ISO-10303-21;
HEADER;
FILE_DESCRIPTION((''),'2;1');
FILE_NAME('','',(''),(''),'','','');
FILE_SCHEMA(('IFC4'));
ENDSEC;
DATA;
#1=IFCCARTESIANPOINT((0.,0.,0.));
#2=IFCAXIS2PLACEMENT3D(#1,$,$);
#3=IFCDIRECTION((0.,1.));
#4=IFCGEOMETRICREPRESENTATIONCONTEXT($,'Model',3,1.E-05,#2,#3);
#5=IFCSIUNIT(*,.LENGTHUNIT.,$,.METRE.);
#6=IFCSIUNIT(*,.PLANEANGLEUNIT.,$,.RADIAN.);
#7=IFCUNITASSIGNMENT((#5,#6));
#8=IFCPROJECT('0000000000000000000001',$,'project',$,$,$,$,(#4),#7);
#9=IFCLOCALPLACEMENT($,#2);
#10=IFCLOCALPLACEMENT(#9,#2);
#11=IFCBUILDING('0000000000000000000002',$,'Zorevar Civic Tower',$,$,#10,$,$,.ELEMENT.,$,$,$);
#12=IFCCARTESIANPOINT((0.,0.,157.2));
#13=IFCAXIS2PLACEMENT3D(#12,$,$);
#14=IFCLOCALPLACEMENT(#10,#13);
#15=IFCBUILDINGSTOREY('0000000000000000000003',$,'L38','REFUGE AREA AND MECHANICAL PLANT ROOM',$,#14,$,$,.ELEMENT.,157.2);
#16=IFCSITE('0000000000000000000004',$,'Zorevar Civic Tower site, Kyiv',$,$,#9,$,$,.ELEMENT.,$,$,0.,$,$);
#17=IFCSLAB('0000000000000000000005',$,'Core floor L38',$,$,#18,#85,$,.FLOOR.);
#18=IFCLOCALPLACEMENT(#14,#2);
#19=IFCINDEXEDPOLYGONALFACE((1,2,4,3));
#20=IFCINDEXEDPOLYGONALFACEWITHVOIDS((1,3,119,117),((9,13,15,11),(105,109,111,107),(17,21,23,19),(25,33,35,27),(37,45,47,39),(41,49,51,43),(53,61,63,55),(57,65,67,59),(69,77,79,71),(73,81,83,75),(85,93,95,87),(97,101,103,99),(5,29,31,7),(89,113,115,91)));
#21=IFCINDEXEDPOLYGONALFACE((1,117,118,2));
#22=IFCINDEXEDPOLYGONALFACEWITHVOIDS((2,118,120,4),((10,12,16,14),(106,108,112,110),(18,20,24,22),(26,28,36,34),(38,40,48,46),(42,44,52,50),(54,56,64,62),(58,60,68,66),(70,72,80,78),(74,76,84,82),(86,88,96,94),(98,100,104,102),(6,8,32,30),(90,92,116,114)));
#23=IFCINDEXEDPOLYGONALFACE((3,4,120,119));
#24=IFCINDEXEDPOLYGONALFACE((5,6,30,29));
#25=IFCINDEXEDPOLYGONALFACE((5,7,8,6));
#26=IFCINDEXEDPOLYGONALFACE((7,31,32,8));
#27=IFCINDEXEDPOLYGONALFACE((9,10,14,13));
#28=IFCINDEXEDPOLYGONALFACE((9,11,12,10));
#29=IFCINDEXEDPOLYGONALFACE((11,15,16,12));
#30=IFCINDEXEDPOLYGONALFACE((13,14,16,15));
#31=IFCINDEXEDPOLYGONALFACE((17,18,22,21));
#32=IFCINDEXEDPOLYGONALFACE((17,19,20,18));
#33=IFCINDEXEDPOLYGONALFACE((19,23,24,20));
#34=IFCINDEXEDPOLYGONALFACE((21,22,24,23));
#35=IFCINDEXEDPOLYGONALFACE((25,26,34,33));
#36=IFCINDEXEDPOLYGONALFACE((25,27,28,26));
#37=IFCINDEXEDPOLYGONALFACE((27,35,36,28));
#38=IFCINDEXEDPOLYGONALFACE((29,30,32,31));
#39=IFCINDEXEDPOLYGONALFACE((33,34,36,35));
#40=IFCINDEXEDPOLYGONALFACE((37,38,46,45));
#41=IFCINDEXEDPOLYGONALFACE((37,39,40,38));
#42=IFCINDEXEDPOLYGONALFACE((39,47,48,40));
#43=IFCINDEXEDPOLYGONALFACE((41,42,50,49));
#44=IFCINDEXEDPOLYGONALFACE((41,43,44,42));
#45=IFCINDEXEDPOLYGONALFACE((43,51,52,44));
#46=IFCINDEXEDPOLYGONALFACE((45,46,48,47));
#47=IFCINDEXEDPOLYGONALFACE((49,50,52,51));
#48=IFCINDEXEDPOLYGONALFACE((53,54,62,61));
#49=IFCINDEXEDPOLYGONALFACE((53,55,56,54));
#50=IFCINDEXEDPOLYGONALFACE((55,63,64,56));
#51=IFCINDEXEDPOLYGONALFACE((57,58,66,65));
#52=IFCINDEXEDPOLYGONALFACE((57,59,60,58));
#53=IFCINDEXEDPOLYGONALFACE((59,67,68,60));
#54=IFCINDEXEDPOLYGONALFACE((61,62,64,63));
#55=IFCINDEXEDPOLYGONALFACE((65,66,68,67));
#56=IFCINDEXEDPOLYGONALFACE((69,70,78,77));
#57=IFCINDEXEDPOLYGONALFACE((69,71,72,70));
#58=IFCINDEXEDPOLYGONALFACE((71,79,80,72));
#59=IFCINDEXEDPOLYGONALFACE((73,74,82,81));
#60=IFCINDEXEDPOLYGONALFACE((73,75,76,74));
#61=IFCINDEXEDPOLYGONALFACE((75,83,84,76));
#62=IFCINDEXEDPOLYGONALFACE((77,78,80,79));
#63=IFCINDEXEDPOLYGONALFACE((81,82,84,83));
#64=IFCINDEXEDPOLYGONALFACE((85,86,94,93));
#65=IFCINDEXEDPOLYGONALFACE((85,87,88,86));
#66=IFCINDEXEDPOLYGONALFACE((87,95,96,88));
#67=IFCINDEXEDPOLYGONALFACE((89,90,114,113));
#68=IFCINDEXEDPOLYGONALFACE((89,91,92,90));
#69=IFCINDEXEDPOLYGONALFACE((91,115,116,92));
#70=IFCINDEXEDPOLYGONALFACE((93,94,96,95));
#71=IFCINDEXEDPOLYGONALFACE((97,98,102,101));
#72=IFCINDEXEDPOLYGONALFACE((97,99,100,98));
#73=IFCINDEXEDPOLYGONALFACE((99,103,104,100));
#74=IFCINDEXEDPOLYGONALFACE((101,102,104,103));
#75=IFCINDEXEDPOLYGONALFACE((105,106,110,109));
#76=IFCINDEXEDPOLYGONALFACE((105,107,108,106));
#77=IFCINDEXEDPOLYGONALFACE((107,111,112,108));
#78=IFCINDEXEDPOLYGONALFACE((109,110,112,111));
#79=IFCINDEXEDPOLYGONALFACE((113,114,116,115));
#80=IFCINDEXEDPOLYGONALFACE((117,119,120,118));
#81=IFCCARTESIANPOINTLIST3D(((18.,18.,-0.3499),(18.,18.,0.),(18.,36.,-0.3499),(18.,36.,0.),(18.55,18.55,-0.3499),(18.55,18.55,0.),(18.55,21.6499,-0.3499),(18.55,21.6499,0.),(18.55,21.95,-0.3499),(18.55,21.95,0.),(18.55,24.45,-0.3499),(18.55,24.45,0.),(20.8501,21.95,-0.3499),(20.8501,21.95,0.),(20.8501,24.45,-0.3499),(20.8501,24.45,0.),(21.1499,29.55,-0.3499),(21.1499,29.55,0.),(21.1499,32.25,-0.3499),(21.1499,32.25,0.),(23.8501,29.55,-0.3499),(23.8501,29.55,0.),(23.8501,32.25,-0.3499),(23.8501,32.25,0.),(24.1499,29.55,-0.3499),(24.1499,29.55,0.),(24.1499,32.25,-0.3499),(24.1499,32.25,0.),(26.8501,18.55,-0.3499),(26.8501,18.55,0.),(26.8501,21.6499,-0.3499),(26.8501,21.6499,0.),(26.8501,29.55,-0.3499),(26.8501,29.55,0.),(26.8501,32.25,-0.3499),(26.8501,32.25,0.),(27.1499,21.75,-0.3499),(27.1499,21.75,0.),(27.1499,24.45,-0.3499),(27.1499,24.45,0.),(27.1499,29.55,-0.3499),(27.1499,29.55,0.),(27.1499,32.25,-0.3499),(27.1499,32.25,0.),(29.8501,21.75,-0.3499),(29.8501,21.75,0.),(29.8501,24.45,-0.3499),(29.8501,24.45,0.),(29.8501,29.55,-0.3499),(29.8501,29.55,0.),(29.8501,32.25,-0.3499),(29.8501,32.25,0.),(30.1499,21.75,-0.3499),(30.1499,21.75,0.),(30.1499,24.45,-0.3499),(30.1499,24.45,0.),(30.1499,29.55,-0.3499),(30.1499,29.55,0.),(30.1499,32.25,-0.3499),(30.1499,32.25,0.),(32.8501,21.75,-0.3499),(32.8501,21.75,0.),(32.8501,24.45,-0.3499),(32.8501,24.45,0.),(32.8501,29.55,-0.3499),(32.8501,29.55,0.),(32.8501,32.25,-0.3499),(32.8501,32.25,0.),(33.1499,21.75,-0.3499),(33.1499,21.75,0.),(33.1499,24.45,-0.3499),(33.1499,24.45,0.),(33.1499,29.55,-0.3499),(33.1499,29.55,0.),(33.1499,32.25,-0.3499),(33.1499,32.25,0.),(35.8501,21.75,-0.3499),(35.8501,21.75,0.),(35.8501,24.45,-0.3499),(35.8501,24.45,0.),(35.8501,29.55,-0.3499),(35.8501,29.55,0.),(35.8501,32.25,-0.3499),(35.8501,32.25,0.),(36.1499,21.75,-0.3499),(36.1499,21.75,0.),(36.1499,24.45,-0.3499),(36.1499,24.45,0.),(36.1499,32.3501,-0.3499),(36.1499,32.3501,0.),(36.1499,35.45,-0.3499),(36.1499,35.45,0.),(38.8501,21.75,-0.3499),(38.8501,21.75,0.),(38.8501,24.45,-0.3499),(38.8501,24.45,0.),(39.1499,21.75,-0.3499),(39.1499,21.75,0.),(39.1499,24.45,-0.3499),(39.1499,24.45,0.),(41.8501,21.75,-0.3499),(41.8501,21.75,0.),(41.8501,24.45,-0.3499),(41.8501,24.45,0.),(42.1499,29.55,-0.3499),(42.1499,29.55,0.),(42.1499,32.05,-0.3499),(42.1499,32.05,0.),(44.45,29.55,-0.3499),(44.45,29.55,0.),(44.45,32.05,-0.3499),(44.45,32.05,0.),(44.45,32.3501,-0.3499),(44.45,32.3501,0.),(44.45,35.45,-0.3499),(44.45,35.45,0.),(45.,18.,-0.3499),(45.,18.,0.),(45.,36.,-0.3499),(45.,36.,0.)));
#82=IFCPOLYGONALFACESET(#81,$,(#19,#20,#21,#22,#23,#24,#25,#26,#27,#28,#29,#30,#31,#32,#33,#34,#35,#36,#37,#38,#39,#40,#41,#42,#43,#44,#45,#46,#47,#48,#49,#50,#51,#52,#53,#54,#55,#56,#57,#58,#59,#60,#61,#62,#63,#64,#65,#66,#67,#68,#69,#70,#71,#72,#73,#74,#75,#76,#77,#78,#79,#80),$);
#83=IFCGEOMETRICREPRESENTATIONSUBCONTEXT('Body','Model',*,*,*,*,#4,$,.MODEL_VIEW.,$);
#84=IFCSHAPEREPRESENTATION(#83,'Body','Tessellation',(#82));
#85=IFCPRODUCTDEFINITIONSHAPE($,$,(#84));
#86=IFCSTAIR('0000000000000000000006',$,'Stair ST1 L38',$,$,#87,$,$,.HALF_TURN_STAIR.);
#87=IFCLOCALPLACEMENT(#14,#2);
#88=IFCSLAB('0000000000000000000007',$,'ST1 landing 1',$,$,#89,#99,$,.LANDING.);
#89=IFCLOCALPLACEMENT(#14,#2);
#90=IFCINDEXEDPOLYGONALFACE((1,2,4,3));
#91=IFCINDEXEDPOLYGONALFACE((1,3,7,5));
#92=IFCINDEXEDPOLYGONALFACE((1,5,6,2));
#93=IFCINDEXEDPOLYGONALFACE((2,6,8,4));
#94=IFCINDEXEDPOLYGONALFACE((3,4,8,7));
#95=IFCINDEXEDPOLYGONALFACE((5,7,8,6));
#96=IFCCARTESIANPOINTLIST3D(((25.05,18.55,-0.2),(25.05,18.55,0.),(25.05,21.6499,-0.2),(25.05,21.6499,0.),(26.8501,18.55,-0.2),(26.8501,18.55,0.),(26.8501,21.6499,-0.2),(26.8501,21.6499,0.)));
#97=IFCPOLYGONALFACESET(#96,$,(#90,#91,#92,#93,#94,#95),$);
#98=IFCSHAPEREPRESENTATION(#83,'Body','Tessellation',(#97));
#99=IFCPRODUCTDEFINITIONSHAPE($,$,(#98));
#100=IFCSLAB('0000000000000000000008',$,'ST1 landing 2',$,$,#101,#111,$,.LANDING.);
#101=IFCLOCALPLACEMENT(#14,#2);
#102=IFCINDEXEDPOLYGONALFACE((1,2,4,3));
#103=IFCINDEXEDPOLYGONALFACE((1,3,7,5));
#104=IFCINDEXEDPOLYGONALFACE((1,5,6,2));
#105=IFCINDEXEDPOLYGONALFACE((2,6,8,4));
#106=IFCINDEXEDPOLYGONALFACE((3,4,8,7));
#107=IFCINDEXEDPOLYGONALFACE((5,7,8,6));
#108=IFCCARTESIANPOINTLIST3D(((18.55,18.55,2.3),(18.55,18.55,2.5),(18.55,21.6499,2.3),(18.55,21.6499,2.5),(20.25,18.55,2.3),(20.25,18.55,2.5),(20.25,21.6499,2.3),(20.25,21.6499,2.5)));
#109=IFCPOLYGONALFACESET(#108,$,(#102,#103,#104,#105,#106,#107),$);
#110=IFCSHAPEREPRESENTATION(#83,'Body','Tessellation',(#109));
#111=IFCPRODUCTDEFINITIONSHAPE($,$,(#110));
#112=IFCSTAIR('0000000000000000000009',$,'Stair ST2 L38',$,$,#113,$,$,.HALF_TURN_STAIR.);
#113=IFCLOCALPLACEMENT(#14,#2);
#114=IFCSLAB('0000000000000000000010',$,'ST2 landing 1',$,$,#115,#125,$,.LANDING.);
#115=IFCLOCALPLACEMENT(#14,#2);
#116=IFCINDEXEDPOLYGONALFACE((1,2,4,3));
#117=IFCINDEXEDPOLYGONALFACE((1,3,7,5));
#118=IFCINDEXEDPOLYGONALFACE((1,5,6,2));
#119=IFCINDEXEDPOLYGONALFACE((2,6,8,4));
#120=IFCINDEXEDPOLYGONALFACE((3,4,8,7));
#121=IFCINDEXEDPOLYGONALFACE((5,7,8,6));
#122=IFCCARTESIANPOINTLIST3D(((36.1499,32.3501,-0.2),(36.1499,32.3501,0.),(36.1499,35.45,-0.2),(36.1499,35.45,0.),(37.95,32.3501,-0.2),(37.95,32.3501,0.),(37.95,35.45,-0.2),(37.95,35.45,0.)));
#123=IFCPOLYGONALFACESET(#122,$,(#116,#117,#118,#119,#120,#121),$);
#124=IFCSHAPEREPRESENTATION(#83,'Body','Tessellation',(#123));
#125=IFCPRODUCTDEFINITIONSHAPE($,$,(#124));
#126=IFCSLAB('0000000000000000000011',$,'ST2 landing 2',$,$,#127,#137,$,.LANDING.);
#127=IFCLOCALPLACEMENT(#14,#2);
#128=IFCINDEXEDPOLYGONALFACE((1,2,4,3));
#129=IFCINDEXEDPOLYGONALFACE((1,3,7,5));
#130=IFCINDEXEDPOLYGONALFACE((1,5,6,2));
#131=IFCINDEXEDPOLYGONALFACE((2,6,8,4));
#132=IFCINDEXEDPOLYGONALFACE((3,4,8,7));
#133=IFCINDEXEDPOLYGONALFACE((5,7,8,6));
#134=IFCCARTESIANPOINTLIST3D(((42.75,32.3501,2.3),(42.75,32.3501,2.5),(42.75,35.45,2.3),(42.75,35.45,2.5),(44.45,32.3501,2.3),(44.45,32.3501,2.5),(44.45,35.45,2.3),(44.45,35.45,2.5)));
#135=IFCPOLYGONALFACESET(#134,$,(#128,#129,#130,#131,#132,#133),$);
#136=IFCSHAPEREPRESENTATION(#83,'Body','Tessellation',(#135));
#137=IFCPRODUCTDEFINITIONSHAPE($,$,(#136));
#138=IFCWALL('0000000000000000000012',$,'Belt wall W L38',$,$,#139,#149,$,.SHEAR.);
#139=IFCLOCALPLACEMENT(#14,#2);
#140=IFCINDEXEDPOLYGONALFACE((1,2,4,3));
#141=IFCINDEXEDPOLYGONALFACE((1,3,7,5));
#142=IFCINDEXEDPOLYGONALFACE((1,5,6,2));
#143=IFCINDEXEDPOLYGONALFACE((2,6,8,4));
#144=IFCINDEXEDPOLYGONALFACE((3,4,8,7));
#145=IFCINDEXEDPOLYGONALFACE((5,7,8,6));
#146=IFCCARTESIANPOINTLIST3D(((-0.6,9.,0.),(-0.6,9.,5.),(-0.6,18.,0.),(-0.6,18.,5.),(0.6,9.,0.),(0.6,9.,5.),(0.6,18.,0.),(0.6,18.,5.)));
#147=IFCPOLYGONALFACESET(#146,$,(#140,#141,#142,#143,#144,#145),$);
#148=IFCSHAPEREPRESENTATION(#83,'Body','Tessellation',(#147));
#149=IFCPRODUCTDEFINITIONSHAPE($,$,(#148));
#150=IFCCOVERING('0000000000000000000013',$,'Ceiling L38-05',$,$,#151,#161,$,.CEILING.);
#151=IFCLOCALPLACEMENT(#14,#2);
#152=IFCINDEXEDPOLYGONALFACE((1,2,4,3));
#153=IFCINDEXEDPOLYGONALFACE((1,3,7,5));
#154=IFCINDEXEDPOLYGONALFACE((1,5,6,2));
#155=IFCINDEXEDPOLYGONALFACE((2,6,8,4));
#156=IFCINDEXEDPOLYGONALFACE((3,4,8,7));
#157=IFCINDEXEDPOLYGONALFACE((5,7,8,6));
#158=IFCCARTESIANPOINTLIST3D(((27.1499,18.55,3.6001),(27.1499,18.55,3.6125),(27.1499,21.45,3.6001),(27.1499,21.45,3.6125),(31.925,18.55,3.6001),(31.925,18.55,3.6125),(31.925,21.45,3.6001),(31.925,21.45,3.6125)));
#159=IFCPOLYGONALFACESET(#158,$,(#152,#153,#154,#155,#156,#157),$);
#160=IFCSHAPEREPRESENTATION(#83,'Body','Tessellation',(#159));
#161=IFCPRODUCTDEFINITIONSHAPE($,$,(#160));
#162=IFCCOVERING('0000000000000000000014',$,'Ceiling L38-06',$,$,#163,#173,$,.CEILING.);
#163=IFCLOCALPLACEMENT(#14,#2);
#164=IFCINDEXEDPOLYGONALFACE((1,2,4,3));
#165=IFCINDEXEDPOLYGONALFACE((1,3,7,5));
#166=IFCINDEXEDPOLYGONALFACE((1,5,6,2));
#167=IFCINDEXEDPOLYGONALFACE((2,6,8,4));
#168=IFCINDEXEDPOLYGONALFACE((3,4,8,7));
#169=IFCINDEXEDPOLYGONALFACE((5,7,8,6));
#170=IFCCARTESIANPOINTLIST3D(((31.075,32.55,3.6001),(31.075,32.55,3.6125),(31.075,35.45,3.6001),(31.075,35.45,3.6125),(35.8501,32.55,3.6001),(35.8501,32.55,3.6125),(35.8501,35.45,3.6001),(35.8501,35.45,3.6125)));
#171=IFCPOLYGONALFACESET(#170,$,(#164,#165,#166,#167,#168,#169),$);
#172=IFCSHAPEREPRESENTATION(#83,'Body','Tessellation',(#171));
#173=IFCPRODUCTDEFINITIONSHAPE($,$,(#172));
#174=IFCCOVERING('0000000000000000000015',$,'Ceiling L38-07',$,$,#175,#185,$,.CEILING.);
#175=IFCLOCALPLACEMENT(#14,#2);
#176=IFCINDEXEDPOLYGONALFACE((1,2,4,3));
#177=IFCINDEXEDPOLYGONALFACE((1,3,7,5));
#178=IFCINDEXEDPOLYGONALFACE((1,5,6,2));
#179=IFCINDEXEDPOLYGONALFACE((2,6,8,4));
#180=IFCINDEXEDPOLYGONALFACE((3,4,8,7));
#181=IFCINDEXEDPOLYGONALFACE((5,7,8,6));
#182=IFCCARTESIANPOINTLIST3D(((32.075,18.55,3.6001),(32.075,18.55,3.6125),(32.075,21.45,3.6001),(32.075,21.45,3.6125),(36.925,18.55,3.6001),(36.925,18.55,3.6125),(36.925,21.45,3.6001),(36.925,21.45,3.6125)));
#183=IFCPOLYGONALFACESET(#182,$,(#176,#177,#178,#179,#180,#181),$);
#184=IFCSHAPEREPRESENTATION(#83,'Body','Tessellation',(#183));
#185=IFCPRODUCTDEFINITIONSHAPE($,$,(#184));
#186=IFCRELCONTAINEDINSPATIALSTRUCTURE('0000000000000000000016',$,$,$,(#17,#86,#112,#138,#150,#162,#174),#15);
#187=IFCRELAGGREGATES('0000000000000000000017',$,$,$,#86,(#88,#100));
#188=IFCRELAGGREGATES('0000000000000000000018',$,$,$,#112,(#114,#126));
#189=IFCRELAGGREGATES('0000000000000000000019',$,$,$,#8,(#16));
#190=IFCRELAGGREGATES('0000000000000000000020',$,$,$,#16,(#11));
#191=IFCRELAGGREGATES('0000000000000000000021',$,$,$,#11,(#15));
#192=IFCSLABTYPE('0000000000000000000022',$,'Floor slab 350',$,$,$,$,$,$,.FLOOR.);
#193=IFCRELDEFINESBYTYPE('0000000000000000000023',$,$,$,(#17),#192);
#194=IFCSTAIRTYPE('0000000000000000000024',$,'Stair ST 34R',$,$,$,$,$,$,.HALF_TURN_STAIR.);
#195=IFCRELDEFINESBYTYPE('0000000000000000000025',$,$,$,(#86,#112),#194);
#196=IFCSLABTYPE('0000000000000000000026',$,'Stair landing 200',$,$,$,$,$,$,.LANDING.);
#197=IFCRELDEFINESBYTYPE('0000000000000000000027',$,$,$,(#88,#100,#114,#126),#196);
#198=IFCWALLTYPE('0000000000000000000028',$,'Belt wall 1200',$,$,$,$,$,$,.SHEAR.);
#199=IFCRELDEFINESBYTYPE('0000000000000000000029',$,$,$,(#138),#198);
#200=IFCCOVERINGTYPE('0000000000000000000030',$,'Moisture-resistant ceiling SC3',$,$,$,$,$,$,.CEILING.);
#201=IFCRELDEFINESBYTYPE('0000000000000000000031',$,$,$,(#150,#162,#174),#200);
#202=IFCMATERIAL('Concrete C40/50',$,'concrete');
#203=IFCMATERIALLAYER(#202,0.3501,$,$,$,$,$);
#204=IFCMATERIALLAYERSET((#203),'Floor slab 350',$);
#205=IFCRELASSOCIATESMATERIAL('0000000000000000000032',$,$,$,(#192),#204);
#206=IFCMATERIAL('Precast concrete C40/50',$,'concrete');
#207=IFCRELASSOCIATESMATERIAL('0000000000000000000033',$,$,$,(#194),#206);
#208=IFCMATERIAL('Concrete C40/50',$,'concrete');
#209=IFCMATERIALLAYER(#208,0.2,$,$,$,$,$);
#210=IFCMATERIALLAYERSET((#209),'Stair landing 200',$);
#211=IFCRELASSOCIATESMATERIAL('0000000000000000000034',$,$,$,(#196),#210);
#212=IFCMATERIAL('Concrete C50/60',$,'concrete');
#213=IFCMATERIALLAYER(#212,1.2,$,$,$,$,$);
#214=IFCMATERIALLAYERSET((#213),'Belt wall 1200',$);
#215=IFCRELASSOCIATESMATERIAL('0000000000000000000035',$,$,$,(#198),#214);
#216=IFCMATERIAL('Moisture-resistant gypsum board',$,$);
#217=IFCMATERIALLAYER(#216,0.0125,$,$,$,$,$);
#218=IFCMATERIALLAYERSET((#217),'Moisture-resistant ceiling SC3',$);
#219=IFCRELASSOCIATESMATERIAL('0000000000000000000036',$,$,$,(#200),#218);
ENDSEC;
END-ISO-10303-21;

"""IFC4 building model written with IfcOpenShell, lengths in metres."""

from ifc_helpers import new_model, si_unit, direction, frame, frame_2d, origin, place, context, subcontext, project, spatial, polyline, rectangle, outline, extrude, material, layer, layer_set, type_object, element, aggregate, save


model = new_model("IFC4")

# Units and contexts
model_context = context("Model", 3, precision=1e-05, world=origin(), true_north=direction((0.0, 1.0)))
body_context = subcontext(model_context, "Body", "Model", "MODEL_VIEW")
ifc_project = project(units=[si_unit("LENGTHUNIT", "METRE"), si_unit("PLANEANGLEUNIT", "RADIAN")], contexts=[model_context])

# Site, building, storey
site_placement = place(None, origin())
site = spatial("IfcSite", under=ifc_project, at=site_placement, Name="Zorevar Civic Tower site, Kyiv", CompositionType="ELEMENT", RefElevation=0.0)
building_placement = place(site_placement, origin())
building = spatial("IfcBuilding", under=site, at=building_placement, Name="Zorevar Civic Tower", CompositionType="ELEMENT")
storey_placement = place(building_placement, frame((0.0, 0.0, 157.2)))
storey = spatial("IfcBuildingStorey", under=building, at=storey_placement, Name="L38", Description="REFUGE AREA AND MECHANICAL PLANT ROOM", CompositionType="ELEMENT", Elevation=157.2)

# Slab
ifc_material_1 = material(Name="Concrete C40/50", Category="concrete")
ifc_layer_1 = layer(ifc_material_1, 0.3501)
ifc_layer_set_1 = layer_set([ifc_layer_1], Name="Floor slab 350")
slab_type_1 = type_object("IfcSlabType", Name="Floor slab 350", PredefinedType="FLOOR", material=ifc_layer_set_1)
slab_1_placement = place(storey_placement, frame((0.0, 0.0, -0.3499)))
element("IfcSlab", 1, at=slab_1_placement, inside=storey, type_object=slab_type_1, Name="Core floor L38", PredefinedType="FLOOR", context=body_context, shape_type="SweptSolid", body=[
    extrude(outline(polyline([(18.0, 18.0), (45.0, 18.0), (45.0, 36.0), (18.0, 36.0), (18.0, 18.0)]), holes=[polyline([(18.55, 18.55), (26.8501, 18.55), (26.8501, 21.6499), (18.55, 21.6499), (18.55, 18.55)]), polyline([(36.1499, 32.3501), (44.45, 32.3501), (44.45, 35.45), (36.1499, 35.45), (36.1499, 32.3501)]), polyline([(18.55, 21.95), (20.8501, 21.95), (20.8501, 24.45), (18.55, 24.45), (18.55, 21.95)]), polyline([(42.1499, 29.55), (44.45, 29.55), (44.45, 32.05), (42.1499, 32.05), (42.1499, 29.55)]), polyline([(27.1499, 21.75), (29.8501, 21.75), (29.8501, 24.45), (27.1499, 24.45), (27.1499, 21.75)]), polyline([(33.1499, 29.55), (35.8501, 29.55), (35.8501, 32.25), (33.1499, 32.25), (33.1499, 29.55)]), polyline([(30.1499, 21.75), (32.8501, 21.75), (32.8501, 24.45), (30.1499, 24.45), (30.1499, 21.75)]), polyline([(30.1499, 29.55), (32.8501, 29.55), (32.8501, 32.25), (30.1499, 32.25), (30.1499, 29.55)]), polyline([(33.1499, 21.75), (35.8501, 21.75), (35.8501, 24.45), (33.1499, 24.45), (33.1499, 21.75)]), polyline([(27.1499, 29.55), (29.8501, 29.55), (29.8501, 32.25), (27.1499, 32.25), (27.1499, 29.55)]), polyline([(36.1499, 21.75), (38.8501, 21.75), (38.8501, 24.45), (36.1499, 24.45), (36.1499, 21.75)]), polyline([(24.1499, 29.55), (26.8501, 29.55), (26.8501, 32.25), (24.1499, 32.25), (24.1499, 29.55)]), polyline([(39.1499, 21.75), (41.8501, 21.75), (41.8501, 24.45), (39.1499, 24.45), (39.1499, 21.75)]), polyline([(21.1499, 29.55), (23.8501, 29.55), (23.8501, 32.25), (21.1499, 32.25), (21.1499, 29.55)])]), origin(), (0.0, 0.0, 1.0), 0.3499),
])

# Stairs, slabs
ifc_material_2 = material(Name="Precast concrete C40/50", Category="concrete")
stair_type = type_object("IfcStairType", Name="Stair ST 34R", PredefinedType="HALF_TURN_STAIR", material=ifc_material_2)
stair_1_placement = place(storey_placement, origin())
stair_1 = element("IfcStair", 2, at=stair_1_placement, inside=storey, type_object=stair_type, Name="Stair ST1 L38", PredefinedType="HALF_TURN_STAIR")
ifc_material_3 = material(Name="Concrete C40/50", Category="concrete")
ifc_layer_2 = layer(ifc_material_3, 0.2)
ifc_layer_set_2 = layer_set([ifc_layer_2], Name="Stair landing 200")
slab_type_2 = type_object("IfcSlabType", Name="Stair landing 200", PredefinedType="LANDING", material=ifc_layer_set_2)
slab_2_placement = place(storey_placement, frame((0.0, 0.0, -0.2)))
slab_2 = element("IfcSlab", 3, at=slab_2_placement, type_object=slab_type_2, Name="ST1 landing 1", PredefinedType="LANDING", context=body_context, shape_type="SweptSolid", body=[
    extrude(outline(polyline([(25.05, 18.55), (26.8501, 18.55), (26.8501, 21.6499), (25.05, 21.6499), (25.05, 18.55)])), origin(), (0.0, 0.0, 1.0), 0.2),
])
slab_3_placement = place(storey_placement, frame((0.0, 0.0, 2.3)))
slab_3 = element("IfcSlab", 4, at=slab_3_placement, type_object=slab_type_2, Name="ST1 landing 2", PredefinedType="LANDING", context=body_context, shape_type="SweptSolid", body=[
    extrude(outline(polyline([(18.55, 18.55), (20.25, 18.55), (20.25, 21.6499), (18.55, 21.6499), (18.55, 18.55)])), origin(), (0.0, 0.0, 1.0), 0.2),
])
aggregate(stair_1, [slab_2, slab_3])
stair_2_placement = place(storey_placement, origin())
stair_2 = element("IfcStair", 5, at=stair_2_placement, inside=storey, type_object=stair_type, Name="Stair ST2 L38", PredefinedType="HALF_TURN_STAIR")
slab_4_placement = place(storey_placement, frame((0.0, 0.0, -0.2)))
slab_4 = element("IfcSlab", 6, at=slab_4_placement, type_object=slab_type_2, Name="ST2 landing 1", PredefinedType="LANDING", context=body_context, shape_type="SweptSolid", body=[
    extrude(outline(polyline([(37.95, 32.3501), (36.1499, 32.3501), (36.1499, 35.45), (37.95, 35.45), (37.95, 32.3501)])), origin(), (0.0, 0.0, 1.0), 0.2),
])
slab_5_placement = place(storey_placement, frame((0.0, 0.0, 2.3)))
slab_5 = element("IfcSlab", 7, at=slab_5_placement, type_object=slab_type_2, Name="ST2 landing 2", PredefinedType="LANDING", context=body_context, shape_type="SweptSolid", body=[
    extrude(outline(polyline([(44.45, 32.3501), (42.75, 32.3501), (42.75, 35.45), (44.45, 35.45), (44.45, 32.3501)])), origin(), (0.0, 0.0, 1.0), 0.2),
])
aggregate(stair_2, [slab_4, slab_5])

# Wall
ifc_material_4 = material(Name="Concrete C50/60", Category="concrete")
ifc_layer_3 = layer(ifc_material_4, 1.2)
ifc_layer_set_3 = layer_set([ifc_layer_3], Name="Belt wall 1200")
wall_type = type_object("IfcWallType", Name="Belt wall 1200", PredefinedType="SHEAR", material=ifc_layer_set_3)
wall_placement = place(storey_placement, frame((0.0, 9.0, 0.0), z_axis=(0.0, 0.0, 1.0), x_axis=(0.0, 1.0, 0.0)))
element("IfcWall", 8, at=wall_placement, inside=storey, type_object=wall_type, Name="Belt wall W L38", PredefinedType="SHEAR", context=body_context, shape_type="SweptSolid", body=[
    extrude(rectangle(XDim=9.0, YDim=1.2, at=frame_2d((4.5, 0.0))), origin(), (0.0, 0.0, 1.0), 5.0),
])

# Coverings
ifc_material_5 = material(Name="Moisture-resistant gypsum board")
ifc_layer_4 = layer(ifc_material_5, 0.0125)
ifc_layer_set_4 = layer_set([ifc_layer_4], Name="Moisture-resistant ceiling SC3")
covering_type_1 = type_object("IfcCoveringType", Name="Moisture-resistant ceiling SC3", PredefinedType="CEILING", material=ifc_layer_set_4)
covering_1_placement = place(storey_placement, frame((0.0, 0.0, 3.6001)))
element("IfcCovering", 9, at=covering_1_placement, inside=storey, type_object=covering_type_1, Name="Ceiling L38-05", PredefinedType="CEILING", context=body_context, shape_type="SweptSolid", body=[
    extrude(outline(polyline([(31.925, 18.55), (31.925, 21.45), (27.1499, 21.45), (27.1499, 18.55), (31.925, 18.55)])), origin(), (0.0, 0.0, 1.0), 0.0125),
])
covering_2_placement = place(storey_placement, frame((0.0, 0.0, 3.6001)))
element("IfcCovering", 10, at=covering_2_placement, inside=storey, type_object=covering_type_1, Name="Ceiling L38-06", PredefinedType="CEILING", context=body_context, shape_type="SweptSolid", body=[
    extrude(outline(polyline([(35.8501, 32.55), (35.8501, 35.45), (31.075, 35.45), (31.075, 32.55), (35.8501, 32.55)])), origin(), (0.0, 0.0, 1.0), 0.0125),
])
covering_3_placement = place(storey_placement, frame((0.0, 0.0, 3.6001)))
element("IfcCovering", 11, at=covering_3_placement, inside=storey, type_object=covering_type_1, Name="Ceiling L38-07", PredefinedType="CEILING", context=body_context, shape_type="SweptSolid", body=[
    extrude(outline(polyline([(36.925, 18.55), (36.925, 21.45), (32.075, 21.45), (32.075, 18.55), (36.925, 18.55)])), origin(), (0.0, 0.0, 1.0), 0.0125),
])

save(model, "model.ifc")
